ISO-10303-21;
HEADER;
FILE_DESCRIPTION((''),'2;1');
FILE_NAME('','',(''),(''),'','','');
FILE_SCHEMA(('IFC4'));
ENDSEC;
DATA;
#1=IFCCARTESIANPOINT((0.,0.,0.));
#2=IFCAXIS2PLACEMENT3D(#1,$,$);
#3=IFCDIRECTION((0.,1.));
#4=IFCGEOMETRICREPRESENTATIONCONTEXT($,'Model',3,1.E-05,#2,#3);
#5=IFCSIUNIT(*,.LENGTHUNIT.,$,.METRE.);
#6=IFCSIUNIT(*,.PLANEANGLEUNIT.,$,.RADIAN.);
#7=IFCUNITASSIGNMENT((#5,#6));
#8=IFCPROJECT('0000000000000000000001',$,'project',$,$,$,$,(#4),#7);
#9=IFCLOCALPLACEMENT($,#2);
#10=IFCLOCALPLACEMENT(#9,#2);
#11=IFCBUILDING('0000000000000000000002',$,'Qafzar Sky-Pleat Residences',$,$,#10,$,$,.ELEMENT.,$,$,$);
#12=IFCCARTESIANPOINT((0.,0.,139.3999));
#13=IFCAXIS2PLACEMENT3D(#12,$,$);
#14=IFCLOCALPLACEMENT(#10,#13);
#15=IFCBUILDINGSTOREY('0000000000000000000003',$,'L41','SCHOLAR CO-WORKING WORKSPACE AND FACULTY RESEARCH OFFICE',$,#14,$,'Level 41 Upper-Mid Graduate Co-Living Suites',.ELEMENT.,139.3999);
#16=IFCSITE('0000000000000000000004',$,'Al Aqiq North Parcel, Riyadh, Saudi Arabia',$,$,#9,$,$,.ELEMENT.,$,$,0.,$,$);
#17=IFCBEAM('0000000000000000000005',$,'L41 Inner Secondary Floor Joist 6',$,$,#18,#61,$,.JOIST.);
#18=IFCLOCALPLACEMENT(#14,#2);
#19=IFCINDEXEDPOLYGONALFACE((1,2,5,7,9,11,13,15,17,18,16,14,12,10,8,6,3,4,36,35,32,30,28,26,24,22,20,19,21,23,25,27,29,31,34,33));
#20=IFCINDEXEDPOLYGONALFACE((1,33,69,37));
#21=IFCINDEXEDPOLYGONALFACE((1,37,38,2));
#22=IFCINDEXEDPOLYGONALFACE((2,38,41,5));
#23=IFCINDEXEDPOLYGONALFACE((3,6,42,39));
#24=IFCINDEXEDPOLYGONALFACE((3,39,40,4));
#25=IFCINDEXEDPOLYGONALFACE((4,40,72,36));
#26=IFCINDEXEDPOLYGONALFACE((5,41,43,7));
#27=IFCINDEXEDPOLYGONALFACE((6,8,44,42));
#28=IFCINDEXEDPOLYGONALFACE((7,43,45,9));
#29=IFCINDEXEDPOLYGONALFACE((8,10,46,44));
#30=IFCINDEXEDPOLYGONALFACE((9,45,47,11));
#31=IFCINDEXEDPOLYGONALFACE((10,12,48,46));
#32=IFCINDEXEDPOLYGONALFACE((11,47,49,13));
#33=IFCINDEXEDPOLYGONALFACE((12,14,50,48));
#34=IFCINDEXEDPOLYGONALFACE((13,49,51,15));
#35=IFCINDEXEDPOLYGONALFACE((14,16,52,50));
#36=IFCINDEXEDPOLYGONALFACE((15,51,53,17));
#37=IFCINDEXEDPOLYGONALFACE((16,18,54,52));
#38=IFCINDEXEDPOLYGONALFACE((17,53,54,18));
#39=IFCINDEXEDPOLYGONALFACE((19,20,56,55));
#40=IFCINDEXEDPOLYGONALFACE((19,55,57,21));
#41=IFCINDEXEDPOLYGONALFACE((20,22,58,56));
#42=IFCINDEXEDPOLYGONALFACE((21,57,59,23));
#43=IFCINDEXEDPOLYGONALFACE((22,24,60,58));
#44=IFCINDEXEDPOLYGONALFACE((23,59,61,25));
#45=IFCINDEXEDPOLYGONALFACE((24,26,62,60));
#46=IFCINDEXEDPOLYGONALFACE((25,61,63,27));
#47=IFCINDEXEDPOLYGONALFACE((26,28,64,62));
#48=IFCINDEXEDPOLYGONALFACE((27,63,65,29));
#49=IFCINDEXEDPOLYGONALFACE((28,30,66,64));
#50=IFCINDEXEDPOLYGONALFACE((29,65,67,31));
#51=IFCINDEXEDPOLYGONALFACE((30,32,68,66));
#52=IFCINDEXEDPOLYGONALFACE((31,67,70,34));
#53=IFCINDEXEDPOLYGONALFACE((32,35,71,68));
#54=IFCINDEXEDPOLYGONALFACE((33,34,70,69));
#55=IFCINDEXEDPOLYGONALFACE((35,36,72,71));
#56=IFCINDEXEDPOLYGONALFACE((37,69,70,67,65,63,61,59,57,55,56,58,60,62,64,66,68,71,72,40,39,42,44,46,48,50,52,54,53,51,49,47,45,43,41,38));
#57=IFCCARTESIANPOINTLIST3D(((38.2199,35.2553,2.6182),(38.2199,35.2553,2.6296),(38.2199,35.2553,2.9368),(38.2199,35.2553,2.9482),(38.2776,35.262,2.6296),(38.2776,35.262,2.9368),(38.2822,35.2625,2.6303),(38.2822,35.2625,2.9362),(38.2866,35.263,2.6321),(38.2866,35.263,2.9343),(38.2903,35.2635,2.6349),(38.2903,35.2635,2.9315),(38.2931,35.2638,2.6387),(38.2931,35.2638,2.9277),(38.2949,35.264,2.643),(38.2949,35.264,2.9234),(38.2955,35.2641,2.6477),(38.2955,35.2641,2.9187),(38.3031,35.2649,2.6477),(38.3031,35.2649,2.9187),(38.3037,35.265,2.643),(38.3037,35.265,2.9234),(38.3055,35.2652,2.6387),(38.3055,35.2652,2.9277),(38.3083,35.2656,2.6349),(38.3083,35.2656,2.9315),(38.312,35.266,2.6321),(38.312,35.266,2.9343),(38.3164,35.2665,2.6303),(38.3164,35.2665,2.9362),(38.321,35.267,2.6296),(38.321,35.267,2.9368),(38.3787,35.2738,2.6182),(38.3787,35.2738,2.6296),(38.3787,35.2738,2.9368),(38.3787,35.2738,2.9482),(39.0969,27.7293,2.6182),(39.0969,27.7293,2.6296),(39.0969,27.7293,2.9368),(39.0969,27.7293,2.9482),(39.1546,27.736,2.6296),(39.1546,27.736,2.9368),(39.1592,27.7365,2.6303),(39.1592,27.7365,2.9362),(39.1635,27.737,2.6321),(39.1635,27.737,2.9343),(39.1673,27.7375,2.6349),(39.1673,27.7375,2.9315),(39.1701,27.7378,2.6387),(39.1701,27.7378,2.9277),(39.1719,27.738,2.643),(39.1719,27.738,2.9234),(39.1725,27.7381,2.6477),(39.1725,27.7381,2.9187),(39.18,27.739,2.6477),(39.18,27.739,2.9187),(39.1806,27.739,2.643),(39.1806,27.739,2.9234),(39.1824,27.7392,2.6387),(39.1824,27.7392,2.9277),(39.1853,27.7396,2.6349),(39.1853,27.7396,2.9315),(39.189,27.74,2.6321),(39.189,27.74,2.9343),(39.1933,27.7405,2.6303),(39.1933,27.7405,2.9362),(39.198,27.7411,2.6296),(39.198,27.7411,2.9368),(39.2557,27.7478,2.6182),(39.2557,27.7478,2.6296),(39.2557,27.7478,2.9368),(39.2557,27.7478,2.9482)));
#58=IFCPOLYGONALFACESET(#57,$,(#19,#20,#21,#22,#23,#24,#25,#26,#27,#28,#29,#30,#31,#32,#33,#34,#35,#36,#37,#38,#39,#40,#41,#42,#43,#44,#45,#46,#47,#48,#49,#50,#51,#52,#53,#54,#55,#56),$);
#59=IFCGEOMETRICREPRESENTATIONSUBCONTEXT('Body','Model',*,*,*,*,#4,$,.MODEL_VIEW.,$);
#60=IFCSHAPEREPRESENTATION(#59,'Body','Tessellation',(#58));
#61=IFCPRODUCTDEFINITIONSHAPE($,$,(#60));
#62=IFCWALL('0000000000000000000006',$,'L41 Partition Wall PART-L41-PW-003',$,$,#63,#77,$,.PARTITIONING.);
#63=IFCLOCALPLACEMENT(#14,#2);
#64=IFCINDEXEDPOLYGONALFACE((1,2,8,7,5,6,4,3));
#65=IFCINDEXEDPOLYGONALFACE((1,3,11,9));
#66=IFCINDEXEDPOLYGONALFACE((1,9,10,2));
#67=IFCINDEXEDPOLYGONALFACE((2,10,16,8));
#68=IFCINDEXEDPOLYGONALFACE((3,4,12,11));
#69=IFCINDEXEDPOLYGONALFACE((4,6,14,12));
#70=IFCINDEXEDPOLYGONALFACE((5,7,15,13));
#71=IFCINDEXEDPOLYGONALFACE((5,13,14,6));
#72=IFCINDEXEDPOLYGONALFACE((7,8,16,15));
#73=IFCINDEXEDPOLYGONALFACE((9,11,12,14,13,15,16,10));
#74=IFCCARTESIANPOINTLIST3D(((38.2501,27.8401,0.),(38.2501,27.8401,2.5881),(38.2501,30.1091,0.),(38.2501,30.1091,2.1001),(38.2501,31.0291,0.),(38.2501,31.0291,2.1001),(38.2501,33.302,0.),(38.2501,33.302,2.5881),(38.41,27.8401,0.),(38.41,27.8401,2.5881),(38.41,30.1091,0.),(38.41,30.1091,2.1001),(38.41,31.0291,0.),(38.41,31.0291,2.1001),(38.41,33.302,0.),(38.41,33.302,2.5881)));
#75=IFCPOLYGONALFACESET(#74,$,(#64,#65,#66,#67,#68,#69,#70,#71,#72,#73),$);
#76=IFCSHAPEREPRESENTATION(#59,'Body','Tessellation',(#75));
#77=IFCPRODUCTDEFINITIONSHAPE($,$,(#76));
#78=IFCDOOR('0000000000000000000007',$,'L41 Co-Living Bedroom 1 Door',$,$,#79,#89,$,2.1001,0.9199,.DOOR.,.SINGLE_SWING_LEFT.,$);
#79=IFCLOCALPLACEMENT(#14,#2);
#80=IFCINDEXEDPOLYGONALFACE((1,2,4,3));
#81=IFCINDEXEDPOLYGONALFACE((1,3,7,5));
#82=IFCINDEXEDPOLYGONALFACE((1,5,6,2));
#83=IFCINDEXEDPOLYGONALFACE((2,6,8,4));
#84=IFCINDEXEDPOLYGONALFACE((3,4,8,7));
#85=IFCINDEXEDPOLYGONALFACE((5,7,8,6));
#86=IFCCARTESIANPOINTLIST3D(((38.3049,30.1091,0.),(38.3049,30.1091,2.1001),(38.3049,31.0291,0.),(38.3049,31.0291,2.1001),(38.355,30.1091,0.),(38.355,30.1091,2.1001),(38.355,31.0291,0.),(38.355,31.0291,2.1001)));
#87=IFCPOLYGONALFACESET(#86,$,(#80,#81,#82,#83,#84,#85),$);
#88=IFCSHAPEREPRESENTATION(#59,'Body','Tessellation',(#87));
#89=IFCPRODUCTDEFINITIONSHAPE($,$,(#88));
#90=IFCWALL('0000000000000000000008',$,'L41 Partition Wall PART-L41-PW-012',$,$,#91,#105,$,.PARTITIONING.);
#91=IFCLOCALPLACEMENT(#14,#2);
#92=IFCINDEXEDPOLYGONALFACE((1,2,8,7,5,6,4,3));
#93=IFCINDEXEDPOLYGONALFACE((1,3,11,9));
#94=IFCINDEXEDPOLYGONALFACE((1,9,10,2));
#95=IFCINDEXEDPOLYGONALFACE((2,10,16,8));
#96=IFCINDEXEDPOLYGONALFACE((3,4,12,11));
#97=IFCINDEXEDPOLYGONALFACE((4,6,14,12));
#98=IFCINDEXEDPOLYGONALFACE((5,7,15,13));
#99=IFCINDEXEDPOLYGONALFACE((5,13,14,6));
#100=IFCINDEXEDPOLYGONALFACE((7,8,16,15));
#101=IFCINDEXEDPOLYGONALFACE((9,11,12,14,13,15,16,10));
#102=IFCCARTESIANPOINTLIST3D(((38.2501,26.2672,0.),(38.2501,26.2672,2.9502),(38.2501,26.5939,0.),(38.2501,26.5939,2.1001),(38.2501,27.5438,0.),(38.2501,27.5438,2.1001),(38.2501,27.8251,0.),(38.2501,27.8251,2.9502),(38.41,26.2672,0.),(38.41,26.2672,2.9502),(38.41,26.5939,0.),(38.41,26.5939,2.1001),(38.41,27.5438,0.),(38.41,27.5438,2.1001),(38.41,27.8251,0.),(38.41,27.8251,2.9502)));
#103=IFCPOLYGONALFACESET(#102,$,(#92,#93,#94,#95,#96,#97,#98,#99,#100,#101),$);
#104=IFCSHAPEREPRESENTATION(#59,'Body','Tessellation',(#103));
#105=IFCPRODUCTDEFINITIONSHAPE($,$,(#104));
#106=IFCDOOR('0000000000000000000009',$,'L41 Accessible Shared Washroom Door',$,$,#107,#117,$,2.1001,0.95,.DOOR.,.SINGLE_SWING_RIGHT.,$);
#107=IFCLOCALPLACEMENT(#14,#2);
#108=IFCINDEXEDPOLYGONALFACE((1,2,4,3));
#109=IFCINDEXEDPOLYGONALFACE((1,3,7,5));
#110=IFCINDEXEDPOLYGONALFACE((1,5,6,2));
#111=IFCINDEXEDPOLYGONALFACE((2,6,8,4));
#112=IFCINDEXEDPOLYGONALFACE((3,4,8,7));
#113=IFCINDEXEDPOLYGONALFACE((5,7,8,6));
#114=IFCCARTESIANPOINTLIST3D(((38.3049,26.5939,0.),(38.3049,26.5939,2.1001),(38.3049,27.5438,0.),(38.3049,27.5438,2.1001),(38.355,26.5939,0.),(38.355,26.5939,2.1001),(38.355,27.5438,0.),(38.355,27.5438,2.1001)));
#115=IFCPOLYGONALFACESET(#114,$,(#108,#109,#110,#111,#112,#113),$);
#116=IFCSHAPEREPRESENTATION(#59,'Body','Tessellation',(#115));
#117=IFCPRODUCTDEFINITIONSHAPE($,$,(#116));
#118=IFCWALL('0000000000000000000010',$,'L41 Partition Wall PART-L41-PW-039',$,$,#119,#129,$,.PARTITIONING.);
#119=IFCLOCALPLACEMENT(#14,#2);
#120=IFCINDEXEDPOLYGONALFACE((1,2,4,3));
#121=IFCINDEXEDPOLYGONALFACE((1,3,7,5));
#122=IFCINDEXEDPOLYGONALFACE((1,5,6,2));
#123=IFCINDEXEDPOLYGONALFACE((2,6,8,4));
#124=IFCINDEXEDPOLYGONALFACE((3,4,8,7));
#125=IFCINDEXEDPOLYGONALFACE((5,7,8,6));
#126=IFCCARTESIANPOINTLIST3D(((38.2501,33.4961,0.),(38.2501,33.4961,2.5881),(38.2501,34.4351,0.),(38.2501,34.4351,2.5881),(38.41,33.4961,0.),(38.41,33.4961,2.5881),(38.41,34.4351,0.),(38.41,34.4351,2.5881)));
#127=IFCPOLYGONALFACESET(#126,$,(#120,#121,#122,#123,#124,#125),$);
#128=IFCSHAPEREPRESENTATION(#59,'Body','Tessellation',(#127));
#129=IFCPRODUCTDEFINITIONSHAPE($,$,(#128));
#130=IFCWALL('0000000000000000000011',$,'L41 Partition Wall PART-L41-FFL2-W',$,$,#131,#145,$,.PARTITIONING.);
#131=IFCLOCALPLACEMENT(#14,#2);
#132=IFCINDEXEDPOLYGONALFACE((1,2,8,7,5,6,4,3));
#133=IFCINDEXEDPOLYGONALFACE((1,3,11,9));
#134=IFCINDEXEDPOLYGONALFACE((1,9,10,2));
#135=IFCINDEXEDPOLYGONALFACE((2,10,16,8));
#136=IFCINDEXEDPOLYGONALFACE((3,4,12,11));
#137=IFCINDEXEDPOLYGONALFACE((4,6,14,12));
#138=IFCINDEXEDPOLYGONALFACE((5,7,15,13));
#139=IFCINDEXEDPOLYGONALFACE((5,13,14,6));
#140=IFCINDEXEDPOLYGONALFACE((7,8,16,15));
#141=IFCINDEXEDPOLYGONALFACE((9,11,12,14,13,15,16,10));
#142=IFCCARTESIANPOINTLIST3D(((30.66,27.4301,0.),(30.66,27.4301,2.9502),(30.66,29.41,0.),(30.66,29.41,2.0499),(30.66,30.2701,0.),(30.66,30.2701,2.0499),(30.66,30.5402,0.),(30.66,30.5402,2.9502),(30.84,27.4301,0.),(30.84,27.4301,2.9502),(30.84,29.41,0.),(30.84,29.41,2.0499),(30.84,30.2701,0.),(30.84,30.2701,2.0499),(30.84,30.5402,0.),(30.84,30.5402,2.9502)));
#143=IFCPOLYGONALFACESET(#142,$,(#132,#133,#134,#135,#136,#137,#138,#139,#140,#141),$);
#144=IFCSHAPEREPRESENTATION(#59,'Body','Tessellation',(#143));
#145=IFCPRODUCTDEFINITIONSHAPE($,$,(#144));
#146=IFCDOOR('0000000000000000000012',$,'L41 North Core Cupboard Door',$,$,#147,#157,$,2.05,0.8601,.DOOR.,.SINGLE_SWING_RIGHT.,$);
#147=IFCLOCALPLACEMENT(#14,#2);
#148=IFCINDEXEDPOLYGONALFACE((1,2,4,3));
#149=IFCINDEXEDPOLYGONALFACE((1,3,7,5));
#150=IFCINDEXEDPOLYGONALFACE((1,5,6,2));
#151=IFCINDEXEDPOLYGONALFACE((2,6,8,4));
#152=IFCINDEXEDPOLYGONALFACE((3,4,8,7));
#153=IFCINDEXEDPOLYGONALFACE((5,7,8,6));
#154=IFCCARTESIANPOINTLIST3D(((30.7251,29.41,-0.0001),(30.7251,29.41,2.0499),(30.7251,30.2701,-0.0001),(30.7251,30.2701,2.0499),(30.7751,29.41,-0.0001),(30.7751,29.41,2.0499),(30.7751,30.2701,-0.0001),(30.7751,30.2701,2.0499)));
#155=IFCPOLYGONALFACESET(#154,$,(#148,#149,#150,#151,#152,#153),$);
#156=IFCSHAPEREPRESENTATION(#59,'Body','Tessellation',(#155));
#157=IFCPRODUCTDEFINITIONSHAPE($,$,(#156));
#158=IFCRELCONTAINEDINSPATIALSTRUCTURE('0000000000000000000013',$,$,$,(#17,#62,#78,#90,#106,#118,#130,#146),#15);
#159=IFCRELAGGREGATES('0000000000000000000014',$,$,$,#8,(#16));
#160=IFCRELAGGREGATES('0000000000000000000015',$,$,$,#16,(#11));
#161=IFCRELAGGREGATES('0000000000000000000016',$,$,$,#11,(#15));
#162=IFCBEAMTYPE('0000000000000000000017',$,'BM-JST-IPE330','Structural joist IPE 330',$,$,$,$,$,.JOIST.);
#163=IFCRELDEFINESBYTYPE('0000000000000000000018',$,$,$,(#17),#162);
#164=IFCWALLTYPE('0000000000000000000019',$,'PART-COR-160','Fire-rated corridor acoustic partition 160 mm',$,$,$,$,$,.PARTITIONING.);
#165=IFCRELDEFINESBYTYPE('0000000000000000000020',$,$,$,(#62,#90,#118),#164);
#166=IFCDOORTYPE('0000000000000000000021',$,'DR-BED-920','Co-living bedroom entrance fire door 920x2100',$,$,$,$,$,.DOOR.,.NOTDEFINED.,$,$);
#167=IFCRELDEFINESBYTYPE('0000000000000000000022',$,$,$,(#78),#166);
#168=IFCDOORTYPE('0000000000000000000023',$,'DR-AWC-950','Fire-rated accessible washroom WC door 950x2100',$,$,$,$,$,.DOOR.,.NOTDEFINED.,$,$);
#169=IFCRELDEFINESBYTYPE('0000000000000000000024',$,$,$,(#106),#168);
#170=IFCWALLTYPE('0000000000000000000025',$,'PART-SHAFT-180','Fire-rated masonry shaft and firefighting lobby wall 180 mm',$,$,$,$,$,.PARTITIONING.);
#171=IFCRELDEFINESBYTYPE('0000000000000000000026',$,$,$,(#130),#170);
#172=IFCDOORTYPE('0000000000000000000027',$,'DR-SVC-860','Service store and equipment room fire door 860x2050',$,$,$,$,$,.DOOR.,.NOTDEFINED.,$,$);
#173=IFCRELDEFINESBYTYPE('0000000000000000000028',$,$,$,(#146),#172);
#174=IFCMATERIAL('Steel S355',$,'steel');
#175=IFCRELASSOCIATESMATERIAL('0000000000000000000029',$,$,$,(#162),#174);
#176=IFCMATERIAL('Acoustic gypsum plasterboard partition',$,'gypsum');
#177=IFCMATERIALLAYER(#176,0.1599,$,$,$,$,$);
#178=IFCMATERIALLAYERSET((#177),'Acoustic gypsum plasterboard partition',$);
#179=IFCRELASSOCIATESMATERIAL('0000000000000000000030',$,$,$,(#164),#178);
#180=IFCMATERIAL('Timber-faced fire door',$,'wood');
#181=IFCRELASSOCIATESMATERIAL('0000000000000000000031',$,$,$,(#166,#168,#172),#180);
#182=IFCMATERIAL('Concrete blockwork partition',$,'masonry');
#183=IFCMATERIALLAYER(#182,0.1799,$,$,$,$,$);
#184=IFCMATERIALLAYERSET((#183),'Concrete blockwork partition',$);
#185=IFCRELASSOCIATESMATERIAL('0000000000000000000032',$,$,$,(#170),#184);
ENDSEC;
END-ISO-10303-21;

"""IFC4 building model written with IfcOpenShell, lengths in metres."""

from ifc_helpers import new_model, si_unit, direction, frame, frame_2d, origin, origin_2d, place, context, subcontext, project, spatial, rectangle, i_section, extrude, source, transform, mapped, material, layer, layer_set, material_profile, profile_set, type_object, element, fill, save


model = new_model("IFC4")

# Units and contexts
model_context = context("Model", 3, precision=1e-05, world=origin(), true_north=direction((0.0, 1.0)))
body_context = subcontext(model_context, "Body", "Model", "MODEL_VIEW")
ifc_project = project(units=[si_unit("LENGTHUNIT", "METRE"), si_unit("PLANEANGLEUNIT", "RADIAN")], contexts=[model_context])

# Site, building, storey
site_placement = place(None, origin())
site = spatial("IfcSite", under=ifc_project, at=site_placement, Name="Al Aqiq North Parcel, Riyadh, Saudi Arabia", CompositionType="ELEMENT", RefElevation=0.0)
building_placement = place(site_placement, origin())
building = spatial("IfcBuilding", under=site, at=building_placement, Name="Qafzar Sky-Pleat Residences", CompositionType="ELEMENT")
storey_placement = place(building_placement, frame((0.0, 0.0, 139.3999)))
storey = spatial("IfcBuildingStorey", under=building, at=storey_placement, Name="L41", Description="SCHOLAR CO-WORKING WORKSPACE AND FACULTY RESEARCH OFFICE", LongName="Level 41 Upper-Mid Graduate Co-Living Suites", CompositionType="ELEMENT", Elevation=139.3999)

# Beam
ifc_material_1 = material(Name="Steel S355", Category="steel")
ifc_material_profile = material_profile(ifc_material_1, i_section(OverallWidth=0.1599, OverallDepth=0.3301, WebThickness=0.0076, FlangeThickness=0.0115, FilletRadius=0.0181, at=origin_2d()), Name="IPE 330")
ifc_profile_set = profile_set([ifc_material_profile], Name="Steel S355")
beam_type = type_object("IfcBeamType", Name="BM-JST-IPE330", Description="Structural joist IPE 330", PredefinedType="JOIST", material=ifc_profile_set)
shared_shape_1 = source(origin(), body_context, "Body", "SweptSolid", [
    extrude(i_section(OverallWidth=0.1599, OverallDepth=0.3301, WebThickness=0.0076, FlangeThickness=0.0115, FilletRadius=0.0181, at=origin_2d()), origin(), (0.0, 0.0, 1.0), 7.5769),
])
beam_placement = place(storey_placement, frame((39.1763, 27.7385, 2.7832), z_axis=(-0.115742, 0.993279, 0.0), x_axis=(-0.993279, -0.115742, 0.0)))
element("IfcBeam", 1, at=beam_placement, inside=storey, type_object=beam_type, Name="L41 Inner Secondary Floor Joist 6", PredefinedType="JOIST", context=body_context, shape_type="MappedRepresentation", body=[
    mapped(shared_shape_1, transform((0.0, 0.0, 0.0), x_axis=(1.0, 0.0, 0.0), y_axis=(0.0, 1.0, 0.0), z_axis=(0.0, 0.0, 1.0), scale=1.0)),
])

# Walls, openings, doors
ifc_material_2 = material(Name="Acoustic gypsum plasterboard partition", Category="gypsum")
ifc_layer_1 = layer(ifc_material_2, 0.1599)
ifc_layer_set_1 = layer_set([ifc_layer_1], Name="Acoustic gypsum plasterboard partition")
wall_type_1 = type_object("IfcWallType", Name="PART-COR-160", Description="Fire-rated corridor acoustic partition 160 mm", PredefinedType="PARTITIONING", material=ifc_layer_set_1)
wall_1_placement = place(storey_placement, frame((38.3301, 33.302, 0.0), z_axis=(0.0, 0.0, 1.0), x_axis=(0.0, -1.0, 0.0)))
wall_1 = element("IfcWall", 2, at=wall_1_placement, inside=storey, type_object=wall_type_1, Name="L41 Partition Wall PART-L41-PW-003", PredefinedType="PARTITIONING", context=body_context, shape_type="SweptSolid", body=[
    extrude(rectangle(XDim=5.4619, YDim=0.1599, at=frame_2d((2.731, 0.0))), origin(), (0.0, 0.0, 1.0), 2.5881),
])
opening_1_placement = place(wall_1_placement, frame((2.2729, 0.0, 0.0)))
opening_1 = element("IfcOpeningElement", 3, at=opening_1_placement, cuts=wall_1, PredefinedType="OPENING", context=body_context, shape_type="SweptSolid", body=[
    extrude(rectangle(XDim=0.9199, YDim=2.1001, at=frame_2d((0.46, 1.05))), frame((0.0, 0.0898, 0.0), z_axis=(0.0, -1.0, 0.0), x_axis=(1.0, 0.0, 0.0)), (0.0, 0.0, 1.0), 0.1799),
])
ifc_material_3 = material(Name="Timber-faced fire door", Category="wood")
door_type_1 = type_object("IfcDoorType", Name="DR-BED-920", Description="Co-living bedroom entrance fire door 920x2100", OperationType="NOTDEFINED", PredefinedType="DOOR", material=ifc_material_3)
shared_shape_2 = source(origin(), body_context, "Body", "SweptSolid", [
    extrude(rectangle(XDim=0.9199, YDim=2.1001, at=frame_2d((0.46, 1.05))), frame((0.0, 0.0249, 0.0), z_axis=(0.0, -1.0, 0.0), x_axis=(1.0, 0.0, 0.0)), (0.0, 0.0, 1.0), 0.05),
])
door_1_placement = place(opening_1_placement, origin())
door_1 = element("IfcDoor", 4, at=door_1_placement, inside=storey, type_object=door_type_1, Name="L41 Co-Living Bedroom 1 Door", OperationType="SINGLE_SWING_LEFT", OverallHeight=2.1001, OverallWidth=0.9199, PredefinedType="DOOR", context=body_context, shape_type="MappedRepresentation", body=[
    mapped(shared_shape_2, transform((0.0, 0.0, 0.0), x_axis=(1.0, 0.0, 0.0), y_axis=(0.0, 1.0, 0.0), z_axis=(0.0, 0.0, 1.0), scale=1.0)),
])
fill(opening_1, door_1)
wall_2_placement = place(storey_placement, frame((38.3301, 27.825, 0.0), z_axis=(0.0, 0.0, 1.0), x_axis=(0.0, -1.0, 0.0)))
wall_2 = element("IfcWall", 5, at=wall_2_placement, inside=storey, type_object=wall_type_1, Name="L41 Partition Wall PART-L41-PW-012", PredefinedType="PARTITIONING", context=body_context, shape_type="SweptSolid", body=[
    extrude(rectangle(XDim=1.5579, YDim=0.1599, at=frame_2d((0.7788, 0.0))), origin(), (0.0, 0.0, 1.0), 2.9502),
])
opening_2_placement = place(wall_2_placement, frame((0.281, 0.0, 0.0)))
opening_2 = element("IfcOpeningElement", 6, at=opening_2_placement, cuts=wall_2, PredefinedType="OPENING", context=body_context, shape_type="SweptSolid", body=[
    extrude(rectangle(XDim=0.95, YDim=2.1001, at=frame_2d((0.4751, 1.05))), frame((0.0, 0.0898, 0.0), z_axis=(0.0, -1.0, 0.0), x_axis=(1.0, 0.0, 0.0)), (0.0, 0.0, 1.0), 0.1799),
])
door_type_2 = type_object("IfcDoorType", Name="DR-AWC-950", Description="Fire-rated accessible washroom WC door 950x2100", OperationType="NOTDEFINED", PredefinedType="DOOR", material=ifc_material_3)
shared_shape_3 = source(origin(), body_context, "Body", "SweptSolid", [
    extrude(rectangle(XDim=0.95, YDim=2.1001, at=frame_2d((0.4751, 1.05))), frame((0.0, 0.0249, 0.0), z_axis=(0.0, -1.0, 0.0), x_axis=(1.0, 0.0, 0.0)), (0.0, 0.0, 1.0), 0.05),
])
door_2_placement = place(opening_2_placement, origin())
door_2 = element("IfcDoor", 7, at=door_2_placement, inside=storey, type_object=door_type_2, Name="L41 Accessible Shared Washroom Door", OperationType="SINGLE_SWING_RIGHT", OverallHeight=2.1001, OverallWidth=0.95, PredefinedType="DOOR", context=body_context, shape_type="MappedRepresentation", body=[
    mapped(shared_shape_3, transform((0.0, 0.0, 0.0), x_axis=(1.0, 0.0, 0.0), y_axis=(0.0, 1.0, 0.0), z_axis=(0.0, 0.0, 1.0), scale=1.0)),
])
fill(opening_2, door_2)

# Wall
wall_3_placement = place(storey_placement, frame((38.3301, 33.4961, 0.0), z_axis=(0.0, 0.0, 1.0), x_axis=(0.0, 1.0, 0.0)))
element("IfcWall", 8, at=wall_3_placement, inside=storey, type_object=wall_type_1, Name="L41 Partition Wall PART-L41-PW-039", PredefinedType="PARTITIONING", context=body_context, shape_type="SweptSolid", body=[
    extrude(rectangle(XDim=0.939, YDim=0.1599, at=frame_2d((0.4695, 0.0))), origin(), (0.0, 0.0, 1.0), 2.5881),
])

# Wall, opening, door
ifc_material_4 = material(Name="Concrete blockwork partition", Category="masonry")
ifc_layer_2 = layer(ifc_material_4, 0.1799)
ifc_layer_set_2 = layer_set([ifc_layer_2], Name="Concrete blockwork partition")
wall_type_2 = type_object("IfcWallType", Name="PART-SHAFT-180", Description="Fire-rated masonry shaft and firefighting lobby wall 180 mm", PredefinedType="PARTITIONING", material=ifc_layer_set_2)
wall_4_placement = place(storey_placement, frame((30.75, 27.4299, 0.0), z_axis=(0.0, 0.0, 1.0), x_axis=(0.0, 1.0, 0.0)))
wall_4 = element("IfcWall", 9, at=wall_4_placement, inside=storey, type_object=wall_type_2, Name="L41 Partition Wall PART-L41-FFL2-W", PredefinedType="PARTITIONING", context=body_context, shape_type="SweptSolid", body=[
    extrude(rectangle(XDim=3.1101, YDim=0.1799, at=frame_2d((1.5552, 0.0))), origin(), (0.0, 0.0, 1.0), 2.9502),
])
opening_3_placement = place(wall_4_placement, frame((1.98, 0.0, 0.0)))
opening_3 = element("IfcOpeningElement", 10, at=opening_3_placement, cuts=wall_4, PredefinedType="OPENING", context=body_context, shape_type="SweptSolid", body=[
    extrude(rectangle(XDim=0.8601, YDim=2.05, at=frame_2d((0.4302, 1.0249))), frame((0.0, 0.1001, 0.0), z_axis=(0.0, -1.0, 0.0), x_axis=(1.0, 0.0, 0.0)), (0.0, 0.0, 1.0), 0.2),
])
door_type_3 = type_object("IfcDoorType", Name="DR-SVC-860", Description="Service store and equipment room fire door 860x2050", OperationType="NOTDEFINED", PredefinedType="DOOR", material=ifc_material_3)
shared_shape_4 = source(origin(), body_context, "Body", "SweptSolid", [
    extrude(rectangle(XDim=0.8601, YDim=2.05, at=frame_2d((0.4302, 1.0249))), frame((0.0, 0.0249, 0.0), z_axis=(0.0, -1.0, 0.0), x_axis=(1.0, 0.0, 0.0)), (0.0, 0.0, 1.0), 0.05),
])
door_3_placement = place(opening_3_placement, origin())
door_3 = element("IfcDoor", 11, at=door_3_placement, inside=storey, type_object=door_type_3, Name="L41 North Core Cupboard Door", OperationType="SINGLE_SWING_RIGHT", OverallHeight=2.05, OverallWidth=0.8601, PredefinedType="DOOR", context=body_context, shape_type="MappedRepresentation", body=[
    mapped(shared_shape_4, transform((0.0, 0.0, 0.0), x_axis=(1.0, 0.0, 0.0), y_axis=(0.0, 1.0, 0.0), z_axis=(0.0, 0.0, 1.0), scale=1.0)),
])
fill(opening_3, door_3)

save(model, "model.ifc")
